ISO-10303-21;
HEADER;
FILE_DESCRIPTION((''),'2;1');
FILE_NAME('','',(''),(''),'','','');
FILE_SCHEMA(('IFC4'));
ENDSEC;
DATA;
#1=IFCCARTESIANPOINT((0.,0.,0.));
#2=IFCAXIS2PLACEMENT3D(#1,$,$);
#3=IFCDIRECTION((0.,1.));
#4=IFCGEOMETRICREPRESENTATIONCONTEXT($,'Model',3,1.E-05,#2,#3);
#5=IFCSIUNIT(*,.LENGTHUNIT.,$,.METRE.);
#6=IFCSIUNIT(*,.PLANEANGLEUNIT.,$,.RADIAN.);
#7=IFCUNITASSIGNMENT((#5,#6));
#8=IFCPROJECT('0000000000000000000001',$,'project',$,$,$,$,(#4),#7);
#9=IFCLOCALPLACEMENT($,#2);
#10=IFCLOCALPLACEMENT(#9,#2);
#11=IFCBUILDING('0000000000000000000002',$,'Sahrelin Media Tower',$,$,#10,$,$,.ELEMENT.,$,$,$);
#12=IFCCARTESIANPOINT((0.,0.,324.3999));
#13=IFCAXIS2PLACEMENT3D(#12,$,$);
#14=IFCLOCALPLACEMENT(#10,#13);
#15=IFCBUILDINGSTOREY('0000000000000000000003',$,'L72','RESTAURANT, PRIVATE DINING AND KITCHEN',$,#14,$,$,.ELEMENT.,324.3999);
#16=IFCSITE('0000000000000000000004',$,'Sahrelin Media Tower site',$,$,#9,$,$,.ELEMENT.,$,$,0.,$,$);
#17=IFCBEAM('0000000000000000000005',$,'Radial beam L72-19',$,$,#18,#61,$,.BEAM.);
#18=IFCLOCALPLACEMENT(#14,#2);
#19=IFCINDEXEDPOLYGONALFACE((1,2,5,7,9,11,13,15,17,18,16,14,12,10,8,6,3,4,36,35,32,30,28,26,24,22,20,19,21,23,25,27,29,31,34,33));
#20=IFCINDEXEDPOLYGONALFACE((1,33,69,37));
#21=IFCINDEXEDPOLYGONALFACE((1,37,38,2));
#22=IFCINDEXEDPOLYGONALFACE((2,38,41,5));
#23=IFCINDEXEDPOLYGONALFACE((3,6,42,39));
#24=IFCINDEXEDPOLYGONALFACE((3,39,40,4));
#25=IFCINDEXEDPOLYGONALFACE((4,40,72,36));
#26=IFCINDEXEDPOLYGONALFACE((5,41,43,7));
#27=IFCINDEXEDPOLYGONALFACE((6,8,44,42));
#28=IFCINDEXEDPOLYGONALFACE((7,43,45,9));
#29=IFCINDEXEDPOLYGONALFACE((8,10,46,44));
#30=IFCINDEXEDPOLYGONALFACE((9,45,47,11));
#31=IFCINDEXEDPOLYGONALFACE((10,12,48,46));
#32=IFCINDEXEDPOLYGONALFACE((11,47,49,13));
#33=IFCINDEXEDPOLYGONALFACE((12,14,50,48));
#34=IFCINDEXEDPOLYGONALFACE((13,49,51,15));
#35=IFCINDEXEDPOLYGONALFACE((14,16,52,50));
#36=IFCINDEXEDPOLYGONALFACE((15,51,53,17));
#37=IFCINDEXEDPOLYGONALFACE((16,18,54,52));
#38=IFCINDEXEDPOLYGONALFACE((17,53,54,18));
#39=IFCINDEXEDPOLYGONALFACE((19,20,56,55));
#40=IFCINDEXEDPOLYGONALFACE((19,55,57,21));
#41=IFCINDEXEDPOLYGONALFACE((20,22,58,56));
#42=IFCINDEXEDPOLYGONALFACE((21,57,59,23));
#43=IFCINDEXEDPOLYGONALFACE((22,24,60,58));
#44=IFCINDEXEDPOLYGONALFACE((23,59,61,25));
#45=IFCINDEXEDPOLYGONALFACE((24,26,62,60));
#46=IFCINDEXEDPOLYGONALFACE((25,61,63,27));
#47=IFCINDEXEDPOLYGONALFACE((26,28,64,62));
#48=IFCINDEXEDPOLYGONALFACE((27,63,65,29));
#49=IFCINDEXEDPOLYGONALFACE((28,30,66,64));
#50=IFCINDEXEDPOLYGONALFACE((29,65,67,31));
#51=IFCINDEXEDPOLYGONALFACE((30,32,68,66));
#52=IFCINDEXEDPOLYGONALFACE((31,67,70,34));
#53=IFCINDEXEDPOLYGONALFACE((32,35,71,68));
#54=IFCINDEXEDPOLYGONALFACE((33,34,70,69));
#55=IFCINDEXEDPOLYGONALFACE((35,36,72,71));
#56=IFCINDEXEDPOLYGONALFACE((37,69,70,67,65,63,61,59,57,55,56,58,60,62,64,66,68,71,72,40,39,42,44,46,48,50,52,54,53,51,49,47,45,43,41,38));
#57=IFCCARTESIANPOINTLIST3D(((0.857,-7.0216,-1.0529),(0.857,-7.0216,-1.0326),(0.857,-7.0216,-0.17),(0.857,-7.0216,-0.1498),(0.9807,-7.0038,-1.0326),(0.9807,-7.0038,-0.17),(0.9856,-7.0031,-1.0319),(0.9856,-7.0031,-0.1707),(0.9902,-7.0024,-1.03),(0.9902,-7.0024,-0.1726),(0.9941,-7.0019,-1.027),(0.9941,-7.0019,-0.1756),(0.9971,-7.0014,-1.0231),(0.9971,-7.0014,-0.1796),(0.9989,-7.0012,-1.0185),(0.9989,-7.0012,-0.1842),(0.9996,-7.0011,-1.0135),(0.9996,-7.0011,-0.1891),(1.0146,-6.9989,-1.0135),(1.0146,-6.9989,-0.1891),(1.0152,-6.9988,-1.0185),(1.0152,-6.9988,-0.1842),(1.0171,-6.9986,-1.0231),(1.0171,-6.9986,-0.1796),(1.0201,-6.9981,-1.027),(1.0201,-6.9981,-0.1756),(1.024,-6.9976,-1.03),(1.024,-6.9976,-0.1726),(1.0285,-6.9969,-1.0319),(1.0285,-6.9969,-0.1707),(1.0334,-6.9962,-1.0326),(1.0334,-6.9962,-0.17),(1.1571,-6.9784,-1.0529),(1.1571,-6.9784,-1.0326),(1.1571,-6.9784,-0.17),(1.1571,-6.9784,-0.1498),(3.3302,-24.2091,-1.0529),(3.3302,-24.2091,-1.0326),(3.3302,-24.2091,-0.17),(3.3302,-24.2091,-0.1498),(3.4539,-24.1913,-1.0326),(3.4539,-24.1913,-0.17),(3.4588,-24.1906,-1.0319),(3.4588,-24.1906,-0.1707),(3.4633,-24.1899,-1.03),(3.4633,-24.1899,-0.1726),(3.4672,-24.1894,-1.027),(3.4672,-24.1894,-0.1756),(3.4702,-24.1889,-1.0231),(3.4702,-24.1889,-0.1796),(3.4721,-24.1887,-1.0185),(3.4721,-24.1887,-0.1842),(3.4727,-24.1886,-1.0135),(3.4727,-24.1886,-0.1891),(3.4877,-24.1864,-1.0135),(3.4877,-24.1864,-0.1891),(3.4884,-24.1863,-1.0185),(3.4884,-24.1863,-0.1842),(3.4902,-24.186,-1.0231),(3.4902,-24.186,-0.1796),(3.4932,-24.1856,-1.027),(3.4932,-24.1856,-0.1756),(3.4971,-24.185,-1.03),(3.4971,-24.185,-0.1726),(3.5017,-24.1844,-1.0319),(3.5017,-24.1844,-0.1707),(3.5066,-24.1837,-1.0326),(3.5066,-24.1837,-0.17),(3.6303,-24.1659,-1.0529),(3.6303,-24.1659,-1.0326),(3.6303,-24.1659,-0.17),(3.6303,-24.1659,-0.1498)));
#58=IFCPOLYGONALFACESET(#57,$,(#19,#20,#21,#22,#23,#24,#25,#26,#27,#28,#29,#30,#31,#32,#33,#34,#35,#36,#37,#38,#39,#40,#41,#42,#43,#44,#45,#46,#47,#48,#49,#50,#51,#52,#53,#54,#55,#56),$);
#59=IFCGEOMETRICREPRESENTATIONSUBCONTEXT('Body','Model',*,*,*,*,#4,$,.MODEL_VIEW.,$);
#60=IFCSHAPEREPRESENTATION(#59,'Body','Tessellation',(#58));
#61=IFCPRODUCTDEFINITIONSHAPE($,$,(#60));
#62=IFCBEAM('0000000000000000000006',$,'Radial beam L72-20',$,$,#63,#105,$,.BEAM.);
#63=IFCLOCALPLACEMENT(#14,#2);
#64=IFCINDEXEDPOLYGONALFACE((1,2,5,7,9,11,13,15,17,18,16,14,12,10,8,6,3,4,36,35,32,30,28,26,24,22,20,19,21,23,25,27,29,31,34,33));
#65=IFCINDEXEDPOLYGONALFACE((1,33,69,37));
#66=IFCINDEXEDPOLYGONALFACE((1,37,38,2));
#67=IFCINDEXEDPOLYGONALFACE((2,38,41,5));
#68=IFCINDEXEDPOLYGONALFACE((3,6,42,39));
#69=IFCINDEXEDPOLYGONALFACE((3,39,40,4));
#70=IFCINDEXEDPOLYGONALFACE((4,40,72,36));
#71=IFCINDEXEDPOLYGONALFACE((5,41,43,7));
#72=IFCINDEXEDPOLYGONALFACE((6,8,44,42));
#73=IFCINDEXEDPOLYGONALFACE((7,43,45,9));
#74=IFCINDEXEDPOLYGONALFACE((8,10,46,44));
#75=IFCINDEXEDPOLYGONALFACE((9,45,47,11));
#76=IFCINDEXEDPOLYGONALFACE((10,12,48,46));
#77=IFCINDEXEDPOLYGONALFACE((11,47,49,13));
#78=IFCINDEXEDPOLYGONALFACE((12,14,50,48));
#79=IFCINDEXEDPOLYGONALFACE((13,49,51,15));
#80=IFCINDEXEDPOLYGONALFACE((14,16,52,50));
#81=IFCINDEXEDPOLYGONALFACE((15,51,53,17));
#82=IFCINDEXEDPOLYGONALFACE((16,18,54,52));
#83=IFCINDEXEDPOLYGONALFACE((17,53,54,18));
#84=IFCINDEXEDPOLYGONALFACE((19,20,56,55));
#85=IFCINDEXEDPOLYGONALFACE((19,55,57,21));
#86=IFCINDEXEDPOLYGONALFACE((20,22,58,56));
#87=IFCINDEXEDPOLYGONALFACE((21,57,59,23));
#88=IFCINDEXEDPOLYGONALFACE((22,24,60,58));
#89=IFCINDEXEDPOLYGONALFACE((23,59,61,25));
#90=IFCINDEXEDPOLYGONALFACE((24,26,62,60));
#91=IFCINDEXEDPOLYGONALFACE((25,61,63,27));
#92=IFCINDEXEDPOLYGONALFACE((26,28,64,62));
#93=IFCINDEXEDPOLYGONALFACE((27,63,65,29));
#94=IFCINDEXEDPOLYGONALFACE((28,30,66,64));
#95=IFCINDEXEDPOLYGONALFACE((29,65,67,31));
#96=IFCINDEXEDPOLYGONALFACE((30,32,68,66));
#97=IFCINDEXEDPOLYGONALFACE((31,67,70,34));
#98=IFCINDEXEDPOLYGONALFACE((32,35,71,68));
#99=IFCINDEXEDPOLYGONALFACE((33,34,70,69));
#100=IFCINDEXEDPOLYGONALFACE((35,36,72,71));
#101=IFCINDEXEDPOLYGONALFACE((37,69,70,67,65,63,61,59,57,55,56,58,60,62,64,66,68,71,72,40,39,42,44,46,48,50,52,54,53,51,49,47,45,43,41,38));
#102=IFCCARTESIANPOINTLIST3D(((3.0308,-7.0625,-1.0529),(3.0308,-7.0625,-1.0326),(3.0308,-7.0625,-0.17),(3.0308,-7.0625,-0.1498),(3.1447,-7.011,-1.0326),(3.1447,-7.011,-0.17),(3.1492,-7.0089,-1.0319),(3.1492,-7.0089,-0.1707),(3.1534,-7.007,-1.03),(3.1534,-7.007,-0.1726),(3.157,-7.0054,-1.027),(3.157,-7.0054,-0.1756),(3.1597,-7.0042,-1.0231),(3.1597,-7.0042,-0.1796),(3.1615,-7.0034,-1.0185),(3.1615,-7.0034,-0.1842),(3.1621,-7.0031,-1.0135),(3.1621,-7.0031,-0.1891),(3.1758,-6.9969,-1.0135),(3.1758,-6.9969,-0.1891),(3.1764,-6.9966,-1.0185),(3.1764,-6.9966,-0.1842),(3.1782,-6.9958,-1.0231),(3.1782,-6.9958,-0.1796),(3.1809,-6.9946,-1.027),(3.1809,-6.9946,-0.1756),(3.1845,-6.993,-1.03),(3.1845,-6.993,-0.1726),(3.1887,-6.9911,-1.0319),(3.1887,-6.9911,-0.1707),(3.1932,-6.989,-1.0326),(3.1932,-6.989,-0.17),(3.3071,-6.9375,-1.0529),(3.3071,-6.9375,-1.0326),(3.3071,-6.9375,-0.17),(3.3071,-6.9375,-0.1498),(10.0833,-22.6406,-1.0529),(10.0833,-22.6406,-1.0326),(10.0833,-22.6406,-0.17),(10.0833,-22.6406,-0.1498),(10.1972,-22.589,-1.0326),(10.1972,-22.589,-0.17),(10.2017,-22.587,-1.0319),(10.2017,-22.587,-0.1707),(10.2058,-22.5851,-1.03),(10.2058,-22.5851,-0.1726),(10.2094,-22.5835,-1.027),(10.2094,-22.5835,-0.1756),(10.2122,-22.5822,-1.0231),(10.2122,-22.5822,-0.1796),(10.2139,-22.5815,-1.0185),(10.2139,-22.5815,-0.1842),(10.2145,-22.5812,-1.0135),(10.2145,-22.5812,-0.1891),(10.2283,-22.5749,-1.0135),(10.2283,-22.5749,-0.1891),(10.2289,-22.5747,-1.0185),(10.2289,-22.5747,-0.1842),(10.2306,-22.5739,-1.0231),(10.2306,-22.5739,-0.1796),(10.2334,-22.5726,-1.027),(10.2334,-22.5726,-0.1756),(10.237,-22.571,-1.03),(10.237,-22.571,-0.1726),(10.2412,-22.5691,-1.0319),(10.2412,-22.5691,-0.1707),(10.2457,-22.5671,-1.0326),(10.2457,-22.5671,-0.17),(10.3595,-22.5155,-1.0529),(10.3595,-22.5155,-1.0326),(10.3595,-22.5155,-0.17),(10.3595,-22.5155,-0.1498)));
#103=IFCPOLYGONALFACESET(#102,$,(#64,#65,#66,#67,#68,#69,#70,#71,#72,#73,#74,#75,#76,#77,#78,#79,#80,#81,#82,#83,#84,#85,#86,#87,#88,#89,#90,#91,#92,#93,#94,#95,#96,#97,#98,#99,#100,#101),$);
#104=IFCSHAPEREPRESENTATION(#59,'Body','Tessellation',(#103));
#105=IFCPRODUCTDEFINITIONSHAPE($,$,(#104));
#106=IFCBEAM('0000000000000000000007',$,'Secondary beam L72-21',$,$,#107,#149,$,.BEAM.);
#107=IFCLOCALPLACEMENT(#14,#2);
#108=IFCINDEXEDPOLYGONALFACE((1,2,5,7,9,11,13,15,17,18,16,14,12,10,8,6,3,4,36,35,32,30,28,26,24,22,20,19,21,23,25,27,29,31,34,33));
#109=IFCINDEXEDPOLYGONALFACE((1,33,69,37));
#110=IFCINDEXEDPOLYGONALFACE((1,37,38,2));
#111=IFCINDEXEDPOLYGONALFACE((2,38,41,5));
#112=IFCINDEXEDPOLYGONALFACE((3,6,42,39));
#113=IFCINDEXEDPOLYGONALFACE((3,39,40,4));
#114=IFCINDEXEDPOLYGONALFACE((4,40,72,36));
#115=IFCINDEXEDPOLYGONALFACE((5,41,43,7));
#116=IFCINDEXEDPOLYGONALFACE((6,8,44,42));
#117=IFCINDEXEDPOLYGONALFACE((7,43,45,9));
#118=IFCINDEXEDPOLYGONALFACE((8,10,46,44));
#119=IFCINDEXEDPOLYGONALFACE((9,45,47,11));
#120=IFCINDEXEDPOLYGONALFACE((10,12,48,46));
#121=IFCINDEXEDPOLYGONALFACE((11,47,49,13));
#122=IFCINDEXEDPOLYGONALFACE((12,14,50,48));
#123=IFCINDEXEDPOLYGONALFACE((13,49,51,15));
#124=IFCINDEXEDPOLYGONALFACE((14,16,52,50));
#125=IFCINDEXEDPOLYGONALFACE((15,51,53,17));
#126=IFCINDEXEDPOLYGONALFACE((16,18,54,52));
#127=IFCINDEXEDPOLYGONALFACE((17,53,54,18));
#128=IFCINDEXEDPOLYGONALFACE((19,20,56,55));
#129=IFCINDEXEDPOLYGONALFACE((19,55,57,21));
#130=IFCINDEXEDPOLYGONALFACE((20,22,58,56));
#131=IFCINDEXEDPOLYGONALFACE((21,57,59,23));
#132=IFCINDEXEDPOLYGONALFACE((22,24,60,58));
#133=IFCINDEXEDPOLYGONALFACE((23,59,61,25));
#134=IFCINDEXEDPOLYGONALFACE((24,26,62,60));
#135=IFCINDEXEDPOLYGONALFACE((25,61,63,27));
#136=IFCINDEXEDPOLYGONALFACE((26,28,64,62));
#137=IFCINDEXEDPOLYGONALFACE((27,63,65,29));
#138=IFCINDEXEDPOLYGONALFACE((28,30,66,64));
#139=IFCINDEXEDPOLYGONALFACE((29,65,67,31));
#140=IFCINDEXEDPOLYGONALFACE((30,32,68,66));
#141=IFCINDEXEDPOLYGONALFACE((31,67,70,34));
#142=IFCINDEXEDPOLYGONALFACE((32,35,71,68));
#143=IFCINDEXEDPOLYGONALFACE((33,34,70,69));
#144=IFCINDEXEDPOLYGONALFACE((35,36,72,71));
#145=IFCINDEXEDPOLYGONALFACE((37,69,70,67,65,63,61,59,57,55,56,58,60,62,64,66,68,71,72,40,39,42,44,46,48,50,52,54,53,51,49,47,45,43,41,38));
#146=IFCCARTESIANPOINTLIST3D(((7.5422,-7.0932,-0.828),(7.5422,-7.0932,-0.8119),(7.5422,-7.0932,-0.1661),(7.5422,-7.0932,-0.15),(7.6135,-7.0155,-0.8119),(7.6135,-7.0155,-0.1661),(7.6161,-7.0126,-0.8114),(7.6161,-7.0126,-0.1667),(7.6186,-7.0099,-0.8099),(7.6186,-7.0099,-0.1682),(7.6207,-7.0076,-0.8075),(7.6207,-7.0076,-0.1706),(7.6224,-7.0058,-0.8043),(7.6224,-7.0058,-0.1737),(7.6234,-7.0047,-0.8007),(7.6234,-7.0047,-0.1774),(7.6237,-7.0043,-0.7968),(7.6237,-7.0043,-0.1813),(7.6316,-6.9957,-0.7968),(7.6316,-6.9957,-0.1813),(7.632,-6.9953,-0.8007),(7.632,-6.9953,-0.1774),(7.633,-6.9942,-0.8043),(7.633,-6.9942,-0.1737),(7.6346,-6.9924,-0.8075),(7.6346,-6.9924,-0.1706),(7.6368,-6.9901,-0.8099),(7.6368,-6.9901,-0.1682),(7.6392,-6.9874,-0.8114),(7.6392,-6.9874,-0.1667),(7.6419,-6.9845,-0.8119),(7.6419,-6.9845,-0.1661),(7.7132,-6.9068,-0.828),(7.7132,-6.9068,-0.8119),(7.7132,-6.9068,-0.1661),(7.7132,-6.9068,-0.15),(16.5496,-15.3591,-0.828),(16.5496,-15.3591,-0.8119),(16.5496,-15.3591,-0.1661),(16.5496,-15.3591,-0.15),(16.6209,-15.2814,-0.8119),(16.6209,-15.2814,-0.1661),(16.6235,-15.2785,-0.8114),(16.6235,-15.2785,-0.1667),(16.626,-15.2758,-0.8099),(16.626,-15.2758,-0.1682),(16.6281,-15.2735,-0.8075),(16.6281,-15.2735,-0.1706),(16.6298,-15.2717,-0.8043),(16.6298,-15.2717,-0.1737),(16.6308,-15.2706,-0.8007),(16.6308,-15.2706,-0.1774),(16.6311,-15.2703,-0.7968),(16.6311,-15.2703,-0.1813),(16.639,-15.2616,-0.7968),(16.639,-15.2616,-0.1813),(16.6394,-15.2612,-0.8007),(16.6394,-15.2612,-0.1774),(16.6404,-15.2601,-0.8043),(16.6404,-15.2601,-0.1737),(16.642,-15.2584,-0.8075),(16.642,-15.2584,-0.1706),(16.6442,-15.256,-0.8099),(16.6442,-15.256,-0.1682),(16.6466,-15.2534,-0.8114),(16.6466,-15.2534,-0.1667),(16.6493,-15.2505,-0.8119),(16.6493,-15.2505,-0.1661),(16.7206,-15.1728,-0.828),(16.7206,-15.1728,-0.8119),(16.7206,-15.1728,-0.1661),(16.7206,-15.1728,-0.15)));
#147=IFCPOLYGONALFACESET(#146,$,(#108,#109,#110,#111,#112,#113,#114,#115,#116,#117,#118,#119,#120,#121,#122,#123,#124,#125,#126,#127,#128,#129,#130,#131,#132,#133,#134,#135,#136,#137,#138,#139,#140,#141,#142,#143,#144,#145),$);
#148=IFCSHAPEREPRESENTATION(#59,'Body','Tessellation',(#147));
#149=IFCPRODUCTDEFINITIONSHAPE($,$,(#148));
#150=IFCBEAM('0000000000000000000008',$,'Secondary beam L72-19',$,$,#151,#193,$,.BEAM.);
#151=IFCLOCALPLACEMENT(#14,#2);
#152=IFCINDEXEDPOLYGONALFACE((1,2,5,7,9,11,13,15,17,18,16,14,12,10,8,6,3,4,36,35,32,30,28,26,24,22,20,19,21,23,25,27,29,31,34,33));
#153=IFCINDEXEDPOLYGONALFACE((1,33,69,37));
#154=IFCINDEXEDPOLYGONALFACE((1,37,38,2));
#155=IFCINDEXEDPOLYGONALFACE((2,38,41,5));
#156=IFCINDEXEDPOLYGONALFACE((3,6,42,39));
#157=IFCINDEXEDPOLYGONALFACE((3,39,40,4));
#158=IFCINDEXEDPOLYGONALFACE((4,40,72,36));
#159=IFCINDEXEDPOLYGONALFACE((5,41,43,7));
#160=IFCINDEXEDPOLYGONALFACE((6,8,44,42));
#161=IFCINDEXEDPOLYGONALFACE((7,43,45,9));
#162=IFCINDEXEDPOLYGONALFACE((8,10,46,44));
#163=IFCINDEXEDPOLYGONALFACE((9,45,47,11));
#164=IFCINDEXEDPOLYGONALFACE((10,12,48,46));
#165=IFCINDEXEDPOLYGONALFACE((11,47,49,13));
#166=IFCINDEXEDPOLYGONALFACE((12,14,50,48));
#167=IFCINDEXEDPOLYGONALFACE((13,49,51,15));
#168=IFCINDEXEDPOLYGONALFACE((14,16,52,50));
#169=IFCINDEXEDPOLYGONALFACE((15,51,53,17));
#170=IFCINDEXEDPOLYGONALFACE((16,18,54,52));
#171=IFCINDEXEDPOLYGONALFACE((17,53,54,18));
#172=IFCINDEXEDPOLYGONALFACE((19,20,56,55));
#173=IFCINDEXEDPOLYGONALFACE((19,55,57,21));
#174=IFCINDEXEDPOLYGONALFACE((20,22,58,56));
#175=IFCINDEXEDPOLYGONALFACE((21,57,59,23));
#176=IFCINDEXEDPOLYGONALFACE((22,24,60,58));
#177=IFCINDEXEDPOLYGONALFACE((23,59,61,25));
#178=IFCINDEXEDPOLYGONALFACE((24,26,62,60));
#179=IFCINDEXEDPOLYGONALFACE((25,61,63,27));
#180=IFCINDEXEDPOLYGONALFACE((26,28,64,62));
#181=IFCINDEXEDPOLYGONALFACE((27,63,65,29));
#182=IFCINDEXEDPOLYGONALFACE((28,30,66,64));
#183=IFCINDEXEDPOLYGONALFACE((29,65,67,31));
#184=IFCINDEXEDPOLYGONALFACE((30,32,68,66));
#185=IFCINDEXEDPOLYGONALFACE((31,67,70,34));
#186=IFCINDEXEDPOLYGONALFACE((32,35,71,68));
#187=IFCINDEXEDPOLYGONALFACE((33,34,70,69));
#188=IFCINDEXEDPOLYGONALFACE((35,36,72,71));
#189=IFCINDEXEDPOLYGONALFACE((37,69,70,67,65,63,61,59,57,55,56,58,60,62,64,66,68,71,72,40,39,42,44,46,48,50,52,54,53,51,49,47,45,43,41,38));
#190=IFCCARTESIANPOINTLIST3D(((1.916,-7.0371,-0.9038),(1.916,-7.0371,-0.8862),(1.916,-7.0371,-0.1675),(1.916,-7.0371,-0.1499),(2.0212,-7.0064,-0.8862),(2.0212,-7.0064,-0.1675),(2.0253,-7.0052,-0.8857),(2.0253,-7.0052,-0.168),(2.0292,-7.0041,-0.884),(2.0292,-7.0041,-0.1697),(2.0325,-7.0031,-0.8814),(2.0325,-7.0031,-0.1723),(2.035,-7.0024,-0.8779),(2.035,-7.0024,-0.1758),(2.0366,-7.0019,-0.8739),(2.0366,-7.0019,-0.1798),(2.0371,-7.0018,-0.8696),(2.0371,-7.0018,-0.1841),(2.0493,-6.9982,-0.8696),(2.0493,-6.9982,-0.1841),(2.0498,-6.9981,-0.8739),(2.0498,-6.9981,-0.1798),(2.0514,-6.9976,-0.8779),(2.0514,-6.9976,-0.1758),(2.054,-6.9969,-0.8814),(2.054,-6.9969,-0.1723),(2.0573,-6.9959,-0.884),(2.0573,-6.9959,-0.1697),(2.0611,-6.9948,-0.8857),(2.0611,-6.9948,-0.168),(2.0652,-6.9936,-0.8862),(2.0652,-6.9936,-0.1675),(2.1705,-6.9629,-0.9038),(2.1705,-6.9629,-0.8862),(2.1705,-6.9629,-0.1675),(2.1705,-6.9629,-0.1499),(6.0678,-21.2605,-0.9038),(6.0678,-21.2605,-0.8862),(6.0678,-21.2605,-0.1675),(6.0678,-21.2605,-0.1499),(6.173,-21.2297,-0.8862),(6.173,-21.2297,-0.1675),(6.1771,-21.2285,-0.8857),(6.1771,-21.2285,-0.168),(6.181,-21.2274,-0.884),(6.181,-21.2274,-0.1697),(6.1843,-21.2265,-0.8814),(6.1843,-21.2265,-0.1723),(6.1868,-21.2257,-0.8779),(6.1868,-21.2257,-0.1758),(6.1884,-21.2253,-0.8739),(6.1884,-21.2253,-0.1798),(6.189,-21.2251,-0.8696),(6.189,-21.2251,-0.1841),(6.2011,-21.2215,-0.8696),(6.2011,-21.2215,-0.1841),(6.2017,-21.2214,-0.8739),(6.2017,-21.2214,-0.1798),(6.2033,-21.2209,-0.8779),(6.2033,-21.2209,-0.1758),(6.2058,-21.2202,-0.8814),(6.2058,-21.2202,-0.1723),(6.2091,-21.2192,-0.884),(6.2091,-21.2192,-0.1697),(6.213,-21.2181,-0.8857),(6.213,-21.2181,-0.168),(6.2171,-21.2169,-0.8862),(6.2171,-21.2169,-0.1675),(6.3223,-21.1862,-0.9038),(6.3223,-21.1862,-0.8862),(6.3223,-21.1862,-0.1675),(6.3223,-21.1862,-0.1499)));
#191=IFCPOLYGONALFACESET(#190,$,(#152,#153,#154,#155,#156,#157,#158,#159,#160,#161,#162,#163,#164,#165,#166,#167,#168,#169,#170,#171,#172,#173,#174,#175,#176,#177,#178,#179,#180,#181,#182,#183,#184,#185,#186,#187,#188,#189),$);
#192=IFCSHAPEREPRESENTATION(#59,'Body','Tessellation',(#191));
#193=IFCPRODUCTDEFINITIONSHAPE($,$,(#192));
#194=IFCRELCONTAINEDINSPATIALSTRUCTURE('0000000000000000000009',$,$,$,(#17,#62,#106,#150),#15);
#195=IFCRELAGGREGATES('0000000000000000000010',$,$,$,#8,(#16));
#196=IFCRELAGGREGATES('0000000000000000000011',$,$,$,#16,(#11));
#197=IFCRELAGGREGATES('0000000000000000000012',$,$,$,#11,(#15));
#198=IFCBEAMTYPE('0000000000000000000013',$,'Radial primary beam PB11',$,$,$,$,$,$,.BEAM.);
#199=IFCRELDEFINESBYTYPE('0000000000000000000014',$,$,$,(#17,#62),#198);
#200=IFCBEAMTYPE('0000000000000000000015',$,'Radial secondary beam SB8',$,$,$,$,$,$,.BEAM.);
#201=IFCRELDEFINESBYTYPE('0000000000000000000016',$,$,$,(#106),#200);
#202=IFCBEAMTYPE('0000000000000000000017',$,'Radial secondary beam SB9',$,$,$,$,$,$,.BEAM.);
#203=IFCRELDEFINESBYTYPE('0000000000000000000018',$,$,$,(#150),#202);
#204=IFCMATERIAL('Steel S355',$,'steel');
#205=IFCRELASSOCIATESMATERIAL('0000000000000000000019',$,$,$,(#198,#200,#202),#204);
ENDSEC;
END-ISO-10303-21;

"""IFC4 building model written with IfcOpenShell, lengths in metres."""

from ifc_helpers import new_model, si_unit, direction, frame, origin, origin_2d, place, context, subcontext, project, spatial, i_section, extrude, material, material_profile, profile_set, type_object, element, save


model = new_model("IFC4")

# Units and contexts
model_context = context("Model", 3, precision=1e-05, world=origin(), true_north=direction((0.0, 1.0)))
body_context = subcontext(model_context, "Body", "Model", "MODEL_VIEW")
ifc_project = project(units=[si_unit("LENGTHUNIT", "METRE"), si_unit("PLANEANGLEUNIT", "RADIAN")], contexts=[model_context])

# Site, building, storey
site_placement = place(None, origin())
site = spatial("IfcSite", under=ifc_project, at=site_placement, Name="Sahrelin Media Tower site", CompositionType="ELEMENT", RefElevation=0.0)
building_placement = place(site_placement, origin())
building = spatial("IfcBuilding", under=site, at=building_placement, Name="Sahrelin Media Tower", CompositionType="ELEMENT")
storey_placement = place(building_placement, frame((0.0, 0.0, 324.3999)))
storey = spatial("IfcBuildingStorey", under=building, at=storey_placement, Name="L72", Description="RESTAURANT, PRIVATE DINING AND KITCHEN", CompositionType="ELEMENT", Elevation=324.3999)

# Shared definitions
ifc_material_1 = material(Name="Steel S355", Category="steel")

# Beams
ifc_material_profile_1 = material_profile(ifc_material_1, i_section(OverallWidth=0.3032, OverallDepth=0.9031, WebThickness=0.0151, FlangeThickness=0.0203, FilletRadius=0.019, at=origin_2d()), Name="UB 914x305x201")
ifc_profile_set_1 = profile_set([ifc_material_profile_1], Name="Steel S355")
beam_type_1 = type_object("IfcBeamType", Name="Radial primary beam PB11", PredefinedType="BEAM", material=ifc_profile_set_1)
beam_1_placement = place(storey_placement, frame((1.0071, -7.0, -0.6013), z_axis=(0.142425, -0.989806, 0.0), x_axis=(0.989806, 0.142425, 0.0)))
element("IfcBeam", 1, at=beam_1_placement, inside=storey, type_object=beam_type_1, Name="Radial beam L72-19", PredefinedType="BEAM", context=body_context, shape_type="SweptSolid", body=[
    extrude(i_section(OverallWidth=0.3032, OverallDepth=0.9031, WebThickness=0.0151, FlangeThickness=0.0203, FilletRadius=0.019, at=origin_2d()), origin(), (0.0, 0.0, 1.0), 17.3645),
])
beam_2_placement = place(storey_placement, frame((3.1689, -7.0, -0.6013), z_axis=(0.412422, -0.910993, 0.0), x_axis=(0.910993, 0.412422, 0.0)))
element("IfcBeam", 2, at=beam_2_placement, inside=storey, type_object=beam_type_1, Name="Radial beam L72-20", PredefinedType="BEAM", context=body_context, shape_type="SweptSolid", body=[
    extrude(i_section(OverallWidth=0.3032, OverallDepth=0.9031, WebThickness=0.0151, FlangeThickness=0.0203, FilletRadius=0.019, at=origin_2d()), origin(), (0.0, 0.0, 1.0), 17.1001),
])
ifc_material_profile_2 = material_profile(ifc_material_1, i_section(OverallWidth=0.2529, OverallDepth=0.678, WebThickness=0.0117, FlangeThickness=0.0161, FilletRadius=0.0151, at=origin_2d()), Name="UB 686x254x125")
ifc_profile_set_2 = profile_set([ifc_material_profile_2], Name="Steel S355")
beam_type_2 = type_object("IfcBeamType", Name="Radial secondary beam SB8", PredefinedType="BEAM", material=ifc_profile_set_2)
beam_3_placement = place(storey_placement, frame((7.6277, -7.0, -0.489), z_axis=(0.736781, -0.676131, 0.0), x_axis=(0.676131, 0.736781, 0.0)))
element("IfcBeam", 3, at=beam_3_placement, inside=storey, type_object=beam_type_2, Name="Secondary beam L72-21", PredefinedType="BEAM", context=body_context, shape_type="SweptSolid", body=[
    extrude(i_section(OverallWidth=0.2529, OverallDepth=0.678, WebThickness=0.0117, FlangeThickness=0.0161, FilletRadius=0.0151, at=origin_2d()), origin(), (0.0, 0.0, 1.0), 12.2253),
])
ifc_material_profile_3 = material_profile(ifc_material_1, i_section(OverallWidth=0.2651, OverallDepth=0.7539, WebThickness=0.0127, FlangeThickness=0.0176, FilletRadius=0.0166, at=origin_2d()), Name="UB 762x267x147")
ifc_profile_set_3 = profile_set([ifc_material_profile_3], Name="Steel S355")
beam_type_3 = type_object("IfcBeamType", Name="Radial secondary beam SB9", PredefinedType="BEAM", material=ifc_profile_set_3)
beam_4_placement = place(storey_placement, frame((2.0432, -7.0, -0.5269), z_axis=(0.280209, -0.959939, 0.0), x_axis=(0.959939, 0.280209, 0.0)))
element("IfcBeam", 4, at=beam_4_placement, inside=storey, type_object=beam_type_3, Name="Secondary beam L72-19", PredefinedType="BEAM", context=body_context, shape_type="SweptSolid", body=[
    extrude(i_section(OverallWidth=0.2651, OverallDepth=0.7539, WebThickness=0.0127, FlangeThickness=0.0176, FilletRadius=0.0166, at=origin_2d()), origin(), (0.0, 0.0, 1.0), 14.8169),
])

save(model, "model.ifc")
